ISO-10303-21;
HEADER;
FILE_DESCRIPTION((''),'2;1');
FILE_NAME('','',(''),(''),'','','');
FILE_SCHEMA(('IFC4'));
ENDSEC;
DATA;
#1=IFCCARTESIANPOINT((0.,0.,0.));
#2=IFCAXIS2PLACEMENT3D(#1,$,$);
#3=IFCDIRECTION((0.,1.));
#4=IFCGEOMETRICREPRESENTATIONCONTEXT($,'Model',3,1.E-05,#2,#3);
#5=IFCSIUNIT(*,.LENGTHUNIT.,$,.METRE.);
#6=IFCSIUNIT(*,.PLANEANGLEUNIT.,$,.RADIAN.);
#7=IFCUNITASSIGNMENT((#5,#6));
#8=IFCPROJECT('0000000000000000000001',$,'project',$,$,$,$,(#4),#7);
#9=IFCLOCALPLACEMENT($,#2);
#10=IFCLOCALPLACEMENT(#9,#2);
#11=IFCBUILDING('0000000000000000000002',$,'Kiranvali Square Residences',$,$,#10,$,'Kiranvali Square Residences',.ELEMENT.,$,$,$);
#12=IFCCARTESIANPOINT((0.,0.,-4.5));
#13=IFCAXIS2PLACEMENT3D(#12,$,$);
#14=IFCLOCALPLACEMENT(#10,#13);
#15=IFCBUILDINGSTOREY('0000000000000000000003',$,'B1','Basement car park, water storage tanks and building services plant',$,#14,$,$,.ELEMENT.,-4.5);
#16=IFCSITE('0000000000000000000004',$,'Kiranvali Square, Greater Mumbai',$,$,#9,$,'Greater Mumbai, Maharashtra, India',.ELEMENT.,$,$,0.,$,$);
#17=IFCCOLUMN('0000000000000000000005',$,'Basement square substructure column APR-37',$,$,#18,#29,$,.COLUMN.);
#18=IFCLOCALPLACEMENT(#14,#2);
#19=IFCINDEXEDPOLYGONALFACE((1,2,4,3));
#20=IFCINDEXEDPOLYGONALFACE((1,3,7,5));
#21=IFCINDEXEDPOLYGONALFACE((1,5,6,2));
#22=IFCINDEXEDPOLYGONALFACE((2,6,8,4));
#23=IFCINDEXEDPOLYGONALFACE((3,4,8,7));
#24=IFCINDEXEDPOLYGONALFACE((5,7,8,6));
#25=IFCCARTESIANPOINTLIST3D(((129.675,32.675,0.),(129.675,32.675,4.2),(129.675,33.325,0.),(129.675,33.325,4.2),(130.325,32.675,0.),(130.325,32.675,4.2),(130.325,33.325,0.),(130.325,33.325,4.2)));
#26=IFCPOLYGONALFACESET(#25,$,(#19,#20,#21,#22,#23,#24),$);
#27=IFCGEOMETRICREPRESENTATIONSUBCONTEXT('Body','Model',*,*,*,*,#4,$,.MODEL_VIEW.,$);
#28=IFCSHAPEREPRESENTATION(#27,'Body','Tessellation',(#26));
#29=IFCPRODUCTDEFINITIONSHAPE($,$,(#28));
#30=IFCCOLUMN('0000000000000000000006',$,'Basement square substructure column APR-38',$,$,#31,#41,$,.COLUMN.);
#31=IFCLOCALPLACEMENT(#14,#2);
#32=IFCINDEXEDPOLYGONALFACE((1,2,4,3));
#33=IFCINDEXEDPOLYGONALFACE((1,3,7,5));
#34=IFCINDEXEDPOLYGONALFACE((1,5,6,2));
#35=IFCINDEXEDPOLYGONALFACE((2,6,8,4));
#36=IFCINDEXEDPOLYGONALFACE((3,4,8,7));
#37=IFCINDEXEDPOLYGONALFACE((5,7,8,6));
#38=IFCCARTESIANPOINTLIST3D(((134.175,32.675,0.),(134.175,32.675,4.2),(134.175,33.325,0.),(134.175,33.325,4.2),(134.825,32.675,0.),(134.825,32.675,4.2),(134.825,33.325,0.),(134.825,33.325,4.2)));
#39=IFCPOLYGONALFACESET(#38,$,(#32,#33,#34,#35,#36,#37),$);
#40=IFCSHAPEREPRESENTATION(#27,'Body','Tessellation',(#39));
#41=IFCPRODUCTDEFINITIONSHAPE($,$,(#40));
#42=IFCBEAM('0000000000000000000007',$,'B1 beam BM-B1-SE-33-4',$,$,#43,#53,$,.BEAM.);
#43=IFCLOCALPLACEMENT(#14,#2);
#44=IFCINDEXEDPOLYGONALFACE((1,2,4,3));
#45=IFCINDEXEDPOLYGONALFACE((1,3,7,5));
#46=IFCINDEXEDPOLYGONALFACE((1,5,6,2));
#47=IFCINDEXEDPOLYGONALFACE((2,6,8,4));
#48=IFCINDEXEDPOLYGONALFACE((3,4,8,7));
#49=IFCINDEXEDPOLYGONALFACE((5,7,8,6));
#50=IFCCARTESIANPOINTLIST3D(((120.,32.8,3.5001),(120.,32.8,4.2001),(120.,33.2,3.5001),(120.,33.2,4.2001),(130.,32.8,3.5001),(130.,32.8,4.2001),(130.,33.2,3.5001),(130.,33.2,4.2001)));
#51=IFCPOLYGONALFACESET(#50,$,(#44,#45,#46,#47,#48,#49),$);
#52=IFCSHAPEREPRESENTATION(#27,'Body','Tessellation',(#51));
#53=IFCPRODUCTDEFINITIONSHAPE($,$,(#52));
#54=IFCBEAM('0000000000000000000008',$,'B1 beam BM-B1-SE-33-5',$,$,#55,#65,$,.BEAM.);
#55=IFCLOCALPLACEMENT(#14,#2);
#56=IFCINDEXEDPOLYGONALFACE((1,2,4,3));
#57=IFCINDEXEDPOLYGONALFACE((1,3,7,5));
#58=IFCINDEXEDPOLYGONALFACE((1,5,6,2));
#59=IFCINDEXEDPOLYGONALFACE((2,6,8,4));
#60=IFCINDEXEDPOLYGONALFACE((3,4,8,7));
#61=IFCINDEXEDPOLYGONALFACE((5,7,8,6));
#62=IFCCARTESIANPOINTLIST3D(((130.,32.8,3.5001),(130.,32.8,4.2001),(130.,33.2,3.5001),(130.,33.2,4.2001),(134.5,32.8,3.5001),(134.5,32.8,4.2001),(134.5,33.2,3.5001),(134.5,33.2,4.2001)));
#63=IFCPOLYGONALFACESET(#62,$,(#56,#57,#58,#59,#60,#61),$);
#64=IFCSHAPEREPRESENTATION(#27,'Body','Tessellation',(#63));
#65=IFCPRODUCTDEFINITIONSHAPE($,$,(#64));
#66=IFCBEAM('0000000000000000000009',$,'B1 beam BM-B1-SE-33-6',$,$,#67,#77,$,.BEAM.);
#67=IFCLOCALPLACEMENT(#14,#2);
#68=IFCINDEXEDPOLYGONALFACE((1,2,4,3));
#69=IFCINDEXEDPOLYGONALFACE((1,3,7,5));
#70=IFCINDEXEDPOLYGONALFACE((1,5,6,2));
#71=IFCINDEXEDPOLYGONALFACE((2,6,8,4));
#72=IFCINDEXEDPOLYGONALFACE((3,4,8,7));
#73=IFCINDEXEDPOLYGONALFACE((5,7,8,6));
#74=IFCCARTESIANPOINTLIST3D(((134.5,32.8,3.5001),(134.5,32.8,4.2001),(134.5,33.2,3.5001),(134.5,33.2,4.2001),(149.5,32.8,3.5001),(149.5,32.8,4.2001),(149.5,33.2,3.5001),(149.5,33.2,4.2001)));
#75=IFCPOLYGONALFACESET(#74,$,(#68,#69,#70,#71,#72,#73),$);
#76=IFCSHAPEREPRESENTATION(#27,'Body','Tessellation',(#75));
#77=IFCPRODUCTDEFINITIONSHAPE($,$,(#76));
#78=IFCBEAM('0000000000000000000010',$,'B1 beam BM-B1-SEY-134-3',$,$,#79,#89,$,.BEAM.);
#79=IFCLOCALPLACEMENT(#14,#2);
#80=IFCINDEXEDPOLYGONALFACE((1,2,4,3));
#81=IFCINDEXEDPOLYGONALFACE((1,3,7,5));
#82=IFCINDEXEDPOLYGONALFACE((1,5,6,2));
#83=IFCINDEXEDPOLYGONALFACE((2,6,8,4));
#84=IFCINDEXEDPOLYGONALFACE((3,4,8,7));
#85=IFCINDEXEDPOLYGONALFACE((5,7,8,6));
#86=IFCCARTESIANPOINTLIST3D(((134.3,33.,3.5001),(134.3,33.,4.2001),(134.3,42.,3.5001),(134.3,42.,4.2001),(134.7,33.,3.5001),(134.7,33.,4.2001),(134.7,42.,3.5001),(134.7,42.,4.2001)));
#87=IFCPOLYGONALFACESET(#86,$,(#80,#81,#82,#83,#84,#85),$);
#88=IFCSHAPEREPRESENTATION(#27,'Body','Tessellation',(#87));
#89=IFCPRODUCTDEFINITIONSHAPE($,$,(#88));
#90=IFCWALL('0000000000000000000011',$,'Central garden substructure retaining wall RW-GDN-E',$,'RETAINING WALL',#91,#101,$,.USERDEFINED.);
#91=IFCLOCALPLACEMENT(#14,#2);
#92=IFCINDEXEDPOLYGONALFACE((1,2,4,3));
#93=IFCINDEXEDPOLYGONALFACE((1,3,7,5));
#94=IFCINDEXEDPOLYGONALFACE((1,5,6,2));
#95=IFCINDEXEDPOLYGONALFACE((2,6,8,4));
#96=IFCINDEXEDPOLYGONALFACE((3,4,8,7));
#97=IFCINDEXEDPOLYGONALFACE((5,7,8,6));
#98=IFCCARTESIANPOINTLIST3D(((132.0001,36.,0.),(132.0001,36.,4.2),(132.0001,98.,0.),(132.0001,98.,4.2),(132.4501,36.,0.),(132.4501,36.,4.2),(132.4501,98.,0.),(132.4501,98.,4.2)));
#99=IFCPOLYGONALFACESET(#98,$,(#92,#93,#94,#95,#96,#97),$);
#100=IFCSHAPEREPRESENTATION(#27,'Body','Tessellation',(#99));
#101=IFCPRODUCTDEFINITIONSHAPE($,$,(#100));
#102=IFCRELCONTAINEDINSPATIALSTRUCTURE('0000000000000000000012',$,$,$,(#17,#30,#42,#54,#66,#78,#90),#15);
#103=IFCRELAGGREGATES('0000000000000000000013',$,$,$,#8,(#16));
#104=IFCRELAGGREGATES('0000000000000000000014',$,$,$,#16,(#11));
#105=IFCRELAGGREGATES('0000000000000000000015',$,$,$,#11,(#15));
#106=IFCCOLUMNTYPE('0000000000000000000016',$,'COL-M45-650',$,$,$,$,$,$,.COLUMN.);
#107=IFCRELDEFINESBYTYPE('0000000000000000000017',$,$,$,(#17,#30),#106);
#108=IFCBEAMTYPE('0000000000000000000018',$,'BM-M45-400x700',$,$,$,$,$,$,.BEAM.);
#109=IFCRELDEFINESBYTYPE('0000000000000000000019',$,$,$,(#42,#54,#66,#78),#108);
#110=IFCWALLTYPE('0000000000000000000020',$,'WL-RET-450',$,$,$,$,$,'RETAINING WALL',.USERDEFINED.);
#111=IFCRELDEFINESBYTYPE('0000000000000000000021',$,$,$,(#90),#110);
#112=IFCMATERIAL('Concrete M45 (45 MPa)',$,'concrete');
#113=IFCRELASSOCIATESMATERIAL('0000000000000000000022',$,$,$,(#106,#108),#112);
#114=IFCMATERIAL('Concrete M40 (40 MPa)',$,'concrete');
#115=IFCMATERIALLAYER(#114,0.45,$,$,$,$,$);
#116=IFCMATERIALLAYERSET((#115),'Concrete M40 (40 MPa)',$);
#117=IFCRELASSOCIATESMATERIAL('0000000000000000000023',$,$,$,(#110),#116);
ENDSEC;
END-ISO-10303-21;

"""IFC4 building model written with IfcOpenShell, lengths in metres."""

from ifc_helpers import new_model, si_unit, direction, frame, frame_2d, origin, origin_2d, place, context, subcontext, project, spatial, rectangle, extrude, material, layer, layer_set, material_profile, profile_set, type_object, element, save


model = new_model("IFC4")

# Units and contexts
model_context = context("Model", 3, precision=1e-05, world=origin(), true_north=direction((0.0, 1.0)))
body_context = subcontext(model_context, "Body", "Model", "MODEL_VIEW")
ifc_project = project(units=[si_unit("LENGTHUNIT", "METRE"), si_unit("PLANEANGLEUNIT", "RADIAN")], contexts=[model_context])

# Site, building, storey
site_placement = place(None, origin())
site = spatial("IfcSite", under=ifc_project, at=site_placement, Name="Kiranvali Square, Greater Mumbai", LongName="Greater Mumbai, Maharashtra, India", CompositionType="ELEMENT", RefElevation=0.0)
building_placement = place(site_placement, origin())
building = spatial("IfcBuilding", under=site, at=building_placement, Name="Kiranvali Square Residences", LongName="Kiranvali Square Residences", CompositionType="ELEMENT")
storey_placement = place(building_placement, frame((0.0, 0.0, -4.5)))
storey = spatial("IfcBuildingStorey", under=building, at=storey_placement, Name="B1", Description="Basement car park, water storage tanks and building services plant", CompositionType="ELEMENT", Elevation=-4.5)

# Shared definitions
ifc_material_1 = material(Name="Concrete M40 (40 MPa)", Category="concrete")

# Columns
ifc_material_2 = material(Name="Concrete M45 (45 MPa)", Category="concrete")
ifc_material_profile_1 = material_profile(ifc_material_2, rectangle(XDim=0.6499, YDim=0.6499, at=origin_2d()), Name="RC 650x650")
ifc_profile_set_1 = profile_set([ifc_material_profile_1], Name="Concrete M45 (45 MPa)")
column_type_1 = type_object("IfcColumnType", Name="COL-M45-650", PredefinedType="COLUMN", material=ifc_profile_set_1)
for number, where, z_axis, x_axis, name in (
    (1, (130.0, 33.0, 0.0), (0.0, 0.0, 1.0), (1.0, 0.0, 0.0), "Basement square substructure column APR-37"),
    (2, (134.5, 33.0, 0.0), (0.0, 0.0, 1.0), (1.0, 0.0, 0.0), "Basement square substructure column APR-38"),
):
    element("IfcColumn", number, at=place(storey_placement, frame(where, z_axis=z_axis, x_axis=x_axis)), inside=storey, type_object=column_type_1, Name=name, PredefinedType="COLUMN", context=body_context, shape_type="SweptSolid", body=[
        extrude(rectangle(XDim=0.6499, YDim=0.6499, at=origin_2d()), origin(), (0.0, 0.0, 1.0), 4.2),
    ])

# Beams
ifc_material_profile_2 = material_profile(ifc_material_2, rectangle(XDim=0.3999, YDim=0.7, at=origin_2d()), Name="RC 400x700")
ifc_profile_set_2 = profile_set([ifc_material_profile_2], Name="Concrete M45 (45 MPa)")
beam_type = type_object("IfcBeamType", Name="BM-M45-400x700", PredefinedType="BEAM", material=ifc_profile_set_2)
beam_1_placement = place(storey_placement, frame((120.0, 33.0, 3.8501), z_axis=(1.0, 0.0, 0.0), x_axis=(0.0, 1.0, 0.0)))
element("IfcBeam", 3, at=beam_1_placement, inside=storey, type_object=beam_type, Name="B1 beam BM-B1-SE-33-4", PredefinedType="BEAM", context=body_context, shape_type="SweptSolid", body=[
    extrude(rectangle(XDim=0.3999, YDim=0.7, at=origin_2d()), origin(), (0.0, 0.0, 1.0), 10.0),
])
beam_2_placement = place(storey_placement, frame((130.0, 33.0, 3.8501), z_axis=(1.0, 0.0, 0.0), x_axis=(0.0, 1.0, 0.0)))
element("IfcBeam", 4, at=beam_2_placement, inside=storey, type_object=beam_type, Name="B1 beam BM-B1-SE-33-5", PredefinedType="BEAM", context=body_context, shape_type="SweptSolid", body=[
    extrude(rectangle(XDim=0.3999, YDim=0.7, at=origin_2d()), origin(), (0.0, 0.0, 1.0), 4.5),
])
beam_3_placement = place(storey_placement, frame((134.5, 33.0, 3.8501), z_axis=(1.0, 0.0, 0.0), x_axis=(0.0, 1.0, 0.0)))
element("IfcBeam", 5, at=beam_3_placement, inside=storey, type_object=beam_type, Name="B1 beam BM-B1-SE-33-6", PredefinedType="BEAM", context=body_context, shape_type="SweptSolid", body=[
    extrude(rectangle(XDim=0.3999, YDim=0.7, at=origin_2d()), origin(), (0.0, 0.0, 1.0), 15.0),
])
beam_4_placement = place(storey_placement, frame((134.5, 33.0, 3.8501), z_axis=(0.0, 1.0, 0.0), x_axis=(-1.0, 0.0, 0.0)))
element("IfcBeam", 6, at=beam_4_placement, inside=storey, type_object=beam_type, Name="B1 beam BM-B1-SEY-134-3", PredefinedType="BEAM", context=body_context, shape_type="SweptSolid", body=[
    extrude(rectangle(XDim=0.3999, YDim=0.7, at=origin_2d()), origin(), (0.0, 0.0, 1.0), 9.0),
])

# Wall
ifc_layer = layer(ifc_material_1, 0.45)
ifc_layer_set = layer_set([ifc_layer], Name="Concrete M40 (40 MPa)")
wall_type = type_object("IfcWallType", Name="WL-RET-450", ElementType="RETAINING WALL", PredefinedType="USERDEFINED", material=ifc_layer_set)
wall_placement = place(storey_placement, frame((132.2251, 36.0, 0.0), z_axis=(0.0, 0.0, 1.0), x_axis=(0.0, 1.0, 0.0)))
element("IfcWall", 7, at=wall_placement, inside=storey, type_object=wall_type, Name="Central garden substructure retaining wall RW-GDN-E", ObjectType="RETAINING WALL", PredefinedType="USERDEFINED", context=body_context, shape_type="SweptSolid", body=[
    extrude(rectangle(XDim=62.0, YDim=0.45, at=frame_2d((31.0, 0.0))), origin(), (0.0, 0.0, 1.0), 4.2),
])

save(model, "model.ifc")
